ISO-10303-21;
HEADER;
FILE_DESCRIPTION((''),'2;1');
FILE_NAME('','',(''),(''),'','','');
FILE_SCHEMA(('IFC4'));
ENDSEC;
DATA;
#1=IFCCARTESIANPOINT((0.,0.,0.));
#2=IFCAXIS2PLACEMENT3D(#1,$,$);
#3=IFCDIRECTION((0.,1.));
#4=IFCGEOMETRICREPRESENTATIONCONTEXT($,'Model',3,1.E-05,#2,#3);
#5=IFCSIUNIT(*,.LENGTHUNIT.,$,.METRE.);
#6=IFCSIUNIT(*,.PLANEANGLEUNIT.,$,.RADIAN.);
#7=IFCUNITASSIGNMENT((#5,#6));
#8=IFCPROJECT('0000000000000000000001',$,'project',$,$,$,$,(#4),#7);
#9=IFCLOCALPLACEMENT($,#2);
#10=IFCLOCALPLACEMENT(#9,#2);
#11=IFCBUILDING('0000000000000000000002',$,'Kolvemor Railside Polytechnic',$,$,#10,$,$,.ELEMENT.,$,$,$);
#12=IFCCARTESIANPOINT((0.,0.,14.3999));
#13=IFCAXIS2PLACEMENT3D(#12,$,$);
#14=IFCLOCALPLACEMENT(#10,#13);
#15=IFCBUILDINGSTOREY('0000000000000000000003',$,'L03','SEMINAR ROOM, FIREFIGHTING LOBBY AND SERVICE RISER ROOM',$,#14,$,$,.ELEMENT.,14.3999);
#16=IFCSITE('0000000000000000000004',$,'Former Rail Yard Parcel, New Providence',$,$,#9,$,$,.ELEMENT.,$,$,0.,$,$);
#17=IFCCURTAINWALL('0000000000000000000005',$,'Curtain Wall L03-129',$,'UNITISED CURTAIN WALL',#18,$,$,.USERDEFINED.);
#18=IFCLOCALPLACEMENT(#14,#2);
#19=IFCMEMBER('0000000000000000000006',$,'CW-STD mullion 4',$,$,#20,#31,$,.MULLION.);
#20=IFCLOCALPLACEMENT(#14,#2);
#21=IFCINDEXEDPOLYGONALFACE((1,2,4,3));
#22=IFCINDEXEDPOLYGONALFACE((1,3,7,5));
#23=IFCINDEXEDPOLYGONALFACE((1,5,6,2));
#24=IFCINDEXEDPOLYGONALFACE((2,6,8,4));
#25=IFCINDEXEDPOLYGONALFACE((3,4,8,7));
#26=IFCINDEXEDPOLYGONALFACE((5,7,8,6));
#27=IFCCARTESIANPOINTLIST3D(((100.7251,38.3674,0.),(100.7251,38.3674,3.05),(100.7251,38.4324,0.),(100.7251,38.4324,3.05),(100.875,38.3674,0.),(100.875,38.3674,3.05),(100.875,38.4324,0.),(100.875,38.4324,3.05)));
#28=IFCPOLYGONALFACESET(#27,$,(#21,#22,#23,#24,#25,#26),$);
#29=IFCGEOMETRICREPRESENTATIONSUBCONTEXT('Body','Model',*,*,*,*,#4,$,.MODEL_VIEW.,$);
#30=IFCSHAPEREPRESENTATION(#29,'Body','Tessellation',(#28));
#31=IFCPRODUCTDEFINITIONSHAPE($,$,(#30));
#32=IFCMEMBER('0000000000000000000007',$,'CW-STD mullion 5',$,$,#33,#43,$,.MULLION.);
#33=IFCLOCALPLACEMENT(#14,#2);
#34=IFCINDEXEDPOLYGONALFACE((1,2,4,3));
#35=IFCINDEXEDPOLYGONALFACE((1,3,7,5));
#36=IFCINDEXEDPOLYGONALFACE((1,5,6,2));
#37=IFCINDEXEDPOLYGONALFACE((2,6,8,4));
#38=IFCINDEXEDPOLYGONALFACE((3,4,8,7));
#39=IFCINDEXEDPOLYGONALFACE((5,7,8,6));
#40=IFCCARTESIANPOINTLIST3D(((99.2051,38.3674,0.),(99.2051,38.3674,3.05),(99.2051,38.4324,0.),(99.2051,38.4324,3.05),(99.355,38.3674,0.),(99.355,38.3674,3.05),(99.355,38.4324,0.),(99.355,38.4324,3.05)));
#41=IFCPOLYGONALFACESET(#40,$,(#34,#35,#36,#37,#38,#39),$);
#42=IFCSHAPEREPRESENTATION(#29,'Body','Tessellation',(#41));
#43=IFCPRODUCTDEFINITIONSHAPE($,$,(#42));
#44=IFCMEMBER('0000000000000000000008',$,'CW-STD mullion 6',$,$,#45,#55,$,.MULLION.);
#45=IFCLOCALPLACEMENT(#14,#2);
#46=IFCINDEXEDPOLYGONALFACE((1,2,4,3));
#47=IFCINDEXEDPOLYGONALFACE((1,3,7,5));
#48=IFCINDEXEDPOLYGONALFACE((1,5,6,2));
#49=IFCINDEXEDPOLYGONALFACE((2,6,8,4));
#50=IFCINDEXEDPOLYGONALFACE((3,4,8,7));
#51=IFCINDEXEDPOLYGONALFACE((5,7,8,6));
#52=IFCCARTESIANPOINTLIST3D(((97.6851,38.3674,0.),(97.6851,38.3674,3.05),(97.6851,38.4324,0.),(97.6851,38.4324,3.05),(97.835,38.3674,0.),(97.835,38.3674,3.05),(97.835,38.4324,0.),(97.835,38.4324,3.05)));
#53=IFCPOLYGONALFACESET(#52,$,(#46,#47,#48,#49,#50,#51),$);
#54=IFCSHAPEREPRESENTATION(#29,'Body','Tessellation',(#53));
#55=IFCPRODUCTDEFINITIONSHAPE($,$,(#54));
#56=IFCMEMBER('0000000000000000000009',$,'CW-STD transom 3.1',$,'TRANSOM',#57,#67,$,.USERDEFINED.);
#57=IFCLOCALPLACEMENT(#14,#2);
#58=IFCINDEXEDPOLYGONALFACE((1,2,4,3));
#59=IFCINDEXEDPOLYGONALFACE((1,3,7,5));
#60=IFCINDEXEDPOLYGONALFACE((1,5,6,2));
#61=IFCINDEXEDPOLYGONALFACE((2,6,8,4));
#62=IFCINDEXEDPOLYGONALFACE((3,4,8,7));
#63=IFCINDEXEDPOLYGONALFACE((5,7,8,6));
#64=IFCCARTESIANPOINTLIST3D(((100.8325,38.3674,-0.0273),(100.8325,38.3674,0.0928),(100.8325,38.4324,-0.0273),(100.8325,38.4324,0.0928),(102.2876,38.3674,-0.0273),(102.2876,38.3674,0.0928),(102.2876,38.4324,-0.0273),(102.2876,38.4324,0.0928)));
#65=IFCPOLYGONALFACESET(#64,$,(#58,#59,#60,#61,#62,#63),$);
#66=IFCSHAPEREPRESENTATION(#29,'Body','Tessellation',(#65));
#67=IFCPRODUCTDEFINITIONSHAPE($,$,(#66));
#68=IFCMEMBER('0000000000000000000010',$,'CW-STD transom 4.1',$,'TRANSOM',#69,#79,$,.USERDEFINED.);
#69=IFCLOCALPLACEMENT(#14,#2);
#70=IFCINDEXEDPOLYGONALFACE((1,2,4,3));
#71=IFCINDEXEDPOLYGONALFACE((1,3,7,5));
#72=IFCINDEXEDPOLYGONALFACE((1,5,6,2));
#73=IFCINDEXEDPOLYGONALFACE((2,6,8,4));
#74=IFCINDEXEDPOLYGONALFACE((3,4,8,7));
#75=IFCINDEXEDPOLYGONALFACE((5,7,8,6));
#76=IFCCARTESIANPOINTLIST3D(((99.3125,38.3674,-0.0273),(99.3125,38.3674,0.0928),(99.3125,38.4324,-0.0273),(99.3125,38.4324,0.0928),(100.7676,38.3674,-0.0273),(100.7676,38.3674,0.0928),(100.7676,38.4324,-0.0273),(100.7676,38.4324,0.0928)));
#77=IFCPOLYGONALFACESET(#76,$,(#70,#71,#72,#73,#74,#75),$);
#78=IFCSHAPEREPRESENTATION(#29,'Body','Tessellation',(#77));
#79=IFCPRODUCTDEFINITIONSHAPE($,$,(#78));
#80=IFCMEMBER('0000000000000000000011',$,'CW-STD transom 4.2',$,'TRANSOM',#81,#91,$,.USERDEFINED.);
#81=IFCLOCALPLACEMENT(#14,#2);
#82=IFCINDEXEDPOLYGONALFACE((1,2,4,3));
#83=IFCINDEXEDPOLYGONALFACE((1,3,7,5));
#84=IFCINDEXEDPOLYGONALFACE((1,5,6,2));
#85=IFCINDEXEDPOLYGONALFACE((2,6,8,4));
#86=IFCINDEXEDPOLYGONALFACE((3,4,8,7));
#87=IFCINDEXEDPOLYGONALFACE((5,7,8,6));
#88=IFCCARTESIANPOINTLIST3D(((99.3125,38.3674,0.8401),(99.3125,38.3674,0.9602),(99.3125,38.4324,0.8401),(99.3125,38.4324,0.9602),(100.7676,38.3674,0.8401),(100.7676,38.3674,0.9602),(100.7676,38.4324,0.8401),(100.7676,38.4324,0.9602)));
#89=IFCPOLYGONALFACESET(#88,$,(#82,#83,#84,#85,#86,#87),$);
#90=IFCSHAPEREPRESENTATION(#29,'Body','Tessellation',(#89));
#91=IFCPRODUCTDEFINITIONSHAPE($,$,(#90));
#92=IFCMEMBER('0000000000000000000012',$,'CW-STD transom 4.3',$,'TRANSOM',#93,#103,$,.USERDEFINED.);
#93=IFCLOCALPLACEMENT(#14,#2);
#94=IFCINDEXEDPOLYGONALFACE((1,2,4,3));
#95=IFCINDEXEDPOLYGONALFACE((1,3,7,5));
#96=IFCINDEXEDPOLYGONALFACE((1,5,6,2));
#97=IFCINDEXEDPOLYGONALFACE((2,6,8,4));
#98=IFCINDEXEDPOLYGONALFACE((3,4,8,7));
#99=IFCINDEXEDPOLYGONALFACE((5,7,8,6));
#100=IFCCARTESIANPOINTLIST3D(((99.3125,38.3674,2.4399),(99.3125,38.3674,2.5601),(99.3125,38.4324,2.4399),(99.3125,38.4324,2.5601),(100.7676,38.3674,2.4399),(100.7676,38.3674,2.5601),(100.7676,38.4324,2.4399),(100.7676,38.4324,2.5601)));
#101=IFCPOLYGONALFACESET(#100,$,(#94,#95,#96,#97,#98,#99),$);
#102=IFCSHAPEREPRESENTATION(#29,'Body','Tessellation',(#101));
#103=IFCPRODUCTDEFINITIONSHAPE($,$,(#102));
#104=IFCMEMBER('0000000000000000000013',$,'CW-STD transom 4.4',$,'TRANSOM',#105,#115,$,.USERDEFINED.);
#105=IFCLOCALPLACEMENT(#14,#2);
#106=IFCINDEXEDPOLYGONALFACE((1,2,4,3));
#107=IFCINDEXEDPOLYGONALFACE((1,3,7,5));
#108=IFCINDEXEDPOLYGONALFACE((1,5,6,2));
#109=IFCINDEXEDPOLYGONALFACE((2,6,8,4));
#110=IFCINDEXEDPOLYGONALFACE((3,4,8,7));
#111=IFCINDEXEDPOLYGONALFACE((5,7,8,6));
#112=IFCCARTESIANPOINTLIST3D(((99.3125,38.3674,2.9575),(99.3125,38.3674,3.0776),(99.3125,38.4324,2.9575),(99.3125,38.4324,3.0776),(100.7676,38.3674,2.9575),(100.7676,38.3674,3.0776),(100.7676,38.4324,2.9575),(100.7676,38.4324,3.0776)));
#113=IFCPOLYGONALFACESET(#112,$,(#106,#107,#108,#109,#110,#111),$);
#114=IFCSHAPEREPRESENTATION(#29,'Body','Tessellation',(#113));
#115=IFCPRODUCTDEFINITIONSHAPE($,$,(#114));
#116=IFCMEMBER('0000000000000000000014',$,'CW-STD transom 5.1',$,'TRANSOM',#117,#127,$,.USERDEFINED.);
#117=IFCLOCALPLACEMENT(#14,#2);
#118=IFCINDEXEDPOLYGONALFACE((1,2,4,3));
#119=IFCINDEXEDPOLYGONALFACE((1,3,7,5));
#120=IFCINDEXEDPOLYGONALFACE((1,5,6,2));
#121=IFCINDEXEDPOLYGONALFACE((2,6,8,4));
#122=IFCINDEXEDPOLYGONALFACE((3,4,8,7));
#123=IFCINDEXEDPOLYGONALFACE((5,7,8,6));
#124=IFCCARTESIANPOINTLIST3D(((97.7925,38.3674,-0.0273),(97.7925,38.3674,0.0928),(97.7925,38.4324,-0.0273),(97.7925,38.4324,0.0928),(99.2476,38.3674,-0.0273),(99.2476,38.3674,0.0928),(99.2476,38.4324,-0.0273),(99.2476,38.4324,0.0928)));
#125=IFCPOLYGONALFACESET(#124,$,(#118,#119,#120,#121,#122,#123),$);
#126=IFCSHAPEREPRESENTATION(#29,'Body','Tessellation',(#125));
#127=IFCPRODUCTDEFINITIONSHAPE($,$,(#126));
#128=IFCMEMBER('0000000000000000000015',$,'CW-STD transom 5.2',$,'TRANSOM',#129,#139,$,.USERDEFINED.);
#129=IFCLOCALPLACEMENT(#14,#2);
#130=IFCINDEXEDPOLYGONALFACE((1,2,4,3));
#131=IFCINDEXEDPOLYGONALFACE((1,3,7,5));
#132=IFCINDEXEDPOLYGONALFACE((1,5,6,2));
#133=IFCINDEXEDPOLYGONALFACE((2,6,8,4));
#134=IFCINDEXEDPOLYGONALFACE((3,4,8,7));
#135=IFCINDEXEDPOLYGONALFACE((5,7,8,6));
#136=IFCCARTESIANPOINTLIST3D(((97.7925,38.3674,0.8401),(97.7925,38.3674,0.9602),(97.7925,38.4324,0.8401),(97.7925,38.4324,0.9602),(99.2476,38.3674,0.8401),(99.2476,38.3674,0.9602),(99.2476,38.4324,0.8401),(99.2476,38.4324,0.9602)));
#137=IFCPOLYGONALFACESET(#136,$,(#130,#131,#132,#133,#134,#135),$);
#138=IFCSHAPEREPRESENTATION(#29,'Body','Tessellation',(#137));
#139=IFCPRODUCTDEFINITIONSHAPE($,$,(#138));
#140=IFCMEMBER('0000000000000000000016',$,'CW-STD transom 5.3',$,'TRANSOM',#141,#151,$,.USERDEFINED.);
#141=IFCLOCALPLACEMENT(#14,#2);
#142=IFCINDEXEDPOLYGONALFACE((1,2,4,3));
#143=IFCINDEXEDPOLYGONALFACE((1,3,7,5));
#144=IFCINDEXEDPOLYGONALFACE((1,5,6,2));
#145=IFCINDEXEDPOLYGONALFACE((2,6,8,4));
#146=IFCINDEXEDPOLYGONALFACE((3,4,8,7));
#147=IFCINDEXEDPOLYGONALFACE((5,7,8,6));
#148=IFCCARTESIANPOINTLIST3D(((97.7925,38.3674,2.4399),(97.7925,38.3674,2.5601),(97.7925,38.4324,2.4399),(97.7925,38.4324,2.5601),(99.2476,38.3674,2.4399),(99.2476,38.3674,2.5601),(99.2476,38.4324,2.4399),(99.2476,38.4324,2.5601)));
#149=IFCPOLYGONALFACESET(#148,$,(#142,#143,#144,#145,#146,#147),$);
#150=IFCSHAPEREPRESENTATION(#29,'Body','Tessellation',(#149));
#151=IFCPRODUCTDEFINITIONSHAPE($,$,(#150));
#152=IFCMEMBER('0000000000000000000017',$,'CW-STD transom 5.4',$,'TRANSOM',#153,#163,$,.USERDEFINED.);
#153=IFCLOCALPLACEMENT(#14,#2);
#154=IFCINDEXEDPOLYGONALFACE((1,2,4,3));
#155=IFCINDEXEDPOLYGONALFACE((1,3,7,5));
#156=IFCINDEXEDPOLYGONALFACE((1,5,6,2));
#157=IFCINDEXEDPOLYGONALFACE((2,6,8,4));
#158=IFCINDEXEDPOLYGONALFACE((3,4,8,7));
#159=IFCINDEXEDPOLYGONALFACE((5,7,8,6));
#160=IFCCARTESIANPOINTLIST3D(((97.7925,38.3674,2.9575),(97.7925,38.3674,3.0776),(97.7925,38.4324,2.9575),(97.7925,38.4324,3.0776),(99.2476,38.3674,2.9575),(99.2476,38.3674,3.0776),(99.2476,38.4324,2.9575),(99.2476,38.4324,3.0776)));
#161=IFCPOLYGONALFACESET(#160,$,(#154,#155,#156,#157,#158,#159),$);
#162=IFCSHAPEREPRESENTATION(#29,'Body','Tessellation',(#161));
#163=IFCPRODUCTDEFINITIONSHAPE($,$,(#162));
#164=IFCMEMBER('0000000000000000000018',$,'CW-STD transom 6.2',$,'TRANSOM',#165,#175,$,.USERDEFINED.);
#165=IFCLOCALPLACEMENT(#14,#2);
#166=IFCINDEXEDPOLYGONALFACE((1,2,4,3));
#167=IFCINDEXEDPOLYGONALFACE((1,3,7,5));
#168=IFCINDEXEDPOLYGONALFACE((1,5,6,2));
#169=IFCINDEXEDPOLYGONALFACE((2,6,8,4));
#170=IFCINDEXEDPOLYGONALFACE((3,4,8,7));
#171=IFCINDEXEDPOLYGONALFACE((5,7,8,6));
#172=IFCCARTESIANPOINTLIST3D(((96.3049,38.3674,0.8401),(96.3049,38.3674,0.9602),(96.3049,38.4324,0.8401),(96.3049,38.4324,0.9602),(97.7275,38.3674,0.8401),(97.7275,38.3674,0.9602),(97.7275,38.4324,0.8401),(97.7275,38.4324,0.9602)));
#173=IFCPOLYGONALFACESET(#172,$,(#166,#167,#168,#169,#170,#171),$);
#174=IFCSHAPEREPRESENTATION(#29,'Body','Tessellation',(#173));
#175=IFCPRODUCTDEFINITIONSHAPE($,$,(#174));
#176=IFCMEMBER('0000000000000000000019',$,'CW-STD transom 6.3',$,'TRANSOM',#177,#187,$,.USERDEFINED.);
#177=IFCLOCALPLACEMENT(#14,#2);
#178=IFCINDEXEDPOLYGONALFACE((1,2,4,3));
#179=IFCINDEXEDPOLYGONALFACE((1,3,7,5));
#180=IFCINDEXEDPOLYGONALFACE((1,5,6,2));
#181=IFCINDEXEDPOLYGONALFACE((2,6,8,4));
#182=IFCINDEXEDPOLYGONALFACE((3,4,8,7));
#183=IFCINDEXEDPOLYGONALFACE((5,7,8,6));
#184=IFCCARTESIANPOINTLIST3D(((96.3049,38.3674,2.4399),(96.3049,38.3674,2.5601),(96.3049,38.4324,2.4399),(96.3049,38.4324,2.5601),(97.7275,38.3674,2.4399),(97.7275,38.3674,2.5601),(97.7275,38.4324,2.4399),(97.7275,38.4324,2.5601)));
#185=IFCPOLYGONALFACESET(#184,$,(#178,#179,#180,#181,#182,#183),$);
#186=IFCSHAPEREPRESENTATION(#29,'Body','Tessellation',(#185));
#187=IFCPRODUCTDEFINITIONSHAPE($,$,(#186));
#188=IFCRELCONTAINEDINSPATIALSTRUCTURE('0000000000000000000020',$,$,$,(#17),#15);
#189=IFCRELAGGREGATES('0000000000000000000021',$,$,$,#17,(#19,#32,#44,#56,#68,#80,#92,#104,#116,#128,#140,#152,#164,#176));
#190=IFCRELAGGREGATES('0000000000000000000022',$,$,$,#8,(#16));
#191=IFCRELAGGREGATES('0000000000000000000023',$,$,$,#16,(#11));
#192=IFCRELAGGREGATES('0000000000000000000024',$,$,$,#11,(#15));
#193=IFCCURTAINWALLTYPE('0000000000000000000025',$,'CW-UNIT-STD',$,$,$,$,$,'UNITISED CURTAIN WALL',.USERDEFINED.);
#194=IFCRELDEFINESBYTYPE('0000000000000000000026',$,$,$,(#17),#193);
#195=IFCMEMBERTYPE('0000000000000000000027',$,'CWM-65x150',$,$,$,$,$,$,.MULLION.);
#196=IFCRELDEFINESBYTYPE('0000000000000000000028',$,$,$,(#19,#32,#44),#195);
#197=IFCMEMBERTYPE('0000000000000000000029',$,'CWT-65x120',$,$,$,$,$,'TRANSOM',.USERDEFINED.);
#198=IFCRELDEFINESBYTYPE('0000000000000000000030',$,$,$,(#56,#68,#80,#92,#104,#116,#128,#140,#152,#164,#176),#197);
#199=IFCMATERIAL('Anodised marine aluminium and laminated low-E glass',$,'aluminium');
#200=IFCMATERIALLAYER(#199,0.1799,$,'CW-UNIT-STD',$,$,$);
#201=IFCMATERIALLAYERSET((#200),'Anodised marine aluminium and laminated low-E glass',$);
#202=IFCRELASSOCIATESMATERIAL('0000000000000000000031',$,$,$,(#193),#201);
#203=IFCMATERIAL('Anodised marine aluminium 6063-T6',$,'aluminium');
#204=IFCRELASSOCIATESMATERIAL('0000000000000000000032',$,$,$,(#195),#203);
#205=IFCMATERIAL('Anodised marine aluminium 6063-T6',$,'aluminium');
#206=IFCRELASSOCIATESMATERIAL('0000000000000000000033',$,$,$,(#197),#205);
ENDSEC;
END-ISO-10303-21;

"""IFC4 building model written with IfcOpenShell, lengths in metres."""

from ifc_helpers import new_model, si_unit, direction, frame, origin, origin_2d, place, context, subcontext, project, spatial, rectangle, extrude, material, layer, layer_set, material_profile, profile_set, type_object, element, aggregate, save


model = new_model("IFC4")

# Units and contexts
model_context = context("Model", 3, precision=1e-05, world=origin(), true_north=direction((0.0, 1.0)))
body_context = subcontext(model_context, "Body", "Model", "MODEL_VIEW")
ifc_project = project(units=[si_unit("LENGTHUNIT", "METRE"), si_unit("PLANEANGLEUNIT", "RADIAN")], contexts=[model_context])

# Site, building, storey
site_placement = place(None, origin())
site = spatial("IfcSite", under=ifc_project, at=site_placement, Name="Former Rail Yard Parcel, New Providence", CompositionType="ELEMENT", RefElevation=0.0)
building_placement = place(site_placement, origin())
building = spatial("IfcBuilding", under=site, at=building_placement, Name="Kolvemor Railside Polytechnic", CompositionType="ELEMENT")
storey_placement = place(building_placement, frame((0.0, 0.0, 14.3999)))
storey = spatial("IfcBuildingStorey", under=building, at=storey_placement, Name="L03", Description="SEMINAR ROOM, FIREFIGHTING LOBBY AND SERVICE RISER ROOM", CompositionType="ELEMENT", Elevation=14.3999)

# Curtain wall, members
ifc_material_1 = material(Name="Anodised marine aluminium and laminated low-E glass", Category="aluminium")
ifc_layer_1 = layer(ifc_material_1, 0.1799, Name="CW-UNIT-STD")
ifc_layer_set_1 = layer_set([ifc_layer_1], Name="Anodised marine aluminium and laminated low-E glass")
curtain_wall_type = type_object("IfcCurtainWallType", Name="CW-UNIT-STD", ElementType="UNITISED CURTAIN WALL", PredefinedType="USERDEFINED", material=ifc_layer_set_1)
curtain_wall_placement = place(storey_placement, origin())
curtain_wall = element("IfcCurtainWall", 1, at=curtain_wall_placement, inside=storey, type_object=curtain_wall_type, Name="Curtain Wall L03-129", ObjectType="UNITISED CURTAIN WALL", PredefinedType="USERDEFINED")
ifc_material_2 = material(Name="Anodised marine aluminium 6063-T6", Category="aluminium")
ifc_material_profile_1 = material_profile(ifc_material_2, rectangle(XDim=0.0649, YDim=0.1499, at=origin_2d()), Name="CW-MUL-65x150")
ifc_profile_set_1 = profile_set([ifc_material_profile_1], Name="Anodised marine aluminium 6063-T6")
member_type_1 = type_object("IfcMemberType", Name="CWM-65x150", PredefinedType="MULLION", material=ifc_profile_set_1)
member_1_placement = place(storey_placement, frame((100.8, 38.3999, 0.0), z_axis=(0.0, 0.0, 1.0), x_axis=(0.0, -1.0, 0.0)))
member_1 = element("IfcMember", 2, at=member_1_placement, type_object=member_type_1, Name="CW-STD mullion 4", PredefinedType="MULLION", context=body_context, shape_type="SweptSolid", body=[
    extrude(rectangle(XDim=0.0649, YDim=0.1499, at=origin_2d()), origin(), (0.0, 0.0, 1.0), 3.05),
])
member_2_placement = place(storey_placement, frame((99.28, 38.3999, 0.0), z_axis=(0.0, 0.0, 1.0), x_axis=(0.0, -1.0, 0.0)))
member_2 = element("IfcMember", 3, at=member_2_placement, type_object=member_type_1, Name="CW-STD mullion 5", PredefinedType="MULLION", context=body_context, shape_type="SweptSolid", body=[
    extrude(rectangle(XDim=0.0649, YDim=0.1499, at=origin_2d()), origin(), (0.0, 0.0, 1.0), 3.05),
])
member_3_placement = place(storey_placement, frame((97.76, 38.3999, 0.0), z_axis=(0.0, 0.0, 1.0), x_axis=(0.0, -1.0, 0.0)))
member_3 = element("IfcMember", 4, at=member_3_placement, type_object=member_type_1, Name="CW-STD mullion 6", PredefinedType="MULLION", context=body_context, shape_type="SweptSolid", body=[
    extrude(rectangle(XDim=0.0649, YDim=0.1499, at=origin_2d()), origin(), (0.0, 0.0, 1.0), 3.05),
])
ifc_material_3 = material(Name="Anodised marine aluminium 6063-T6", Category="aluminium")
ifc_material_profile_2 = material_profile(ifc_material_3, rectangle(XDim=0.0649, YDim=0.1201, at=origin_2d()), Name="CW-TRN-65x120")
ifc_profile_set_2 = profile_set([ifc_material_profile_2], Name="Anodised marine aluminium 6063-T6")
member_type_2 = type_object("IfcMemberType", Name="CWT-65x120", ElementType="TRANSOM", PredefinedType="USERDEFINED", material=ifc_profile_set_2)
member_4_placement = place(storey_placement, frame((102.2876, 38.3999, 0.0327), z_axis=(-1.0, 0.0, 0.0), x_axis=(0.0, -1.0, 0.0)))
member_4 = element("IfcMember", 5, at=member_4_placement, type_object=member_type_2, Name="CW-STD transom 3.1", ObjectType="TRANSOM", PredefinedType="USERDEFINED", context=body_context, shape_type="SweptSolid", body=[
    extrude(rectangle(XDim=0.0649, YDim=0.1201, at=origin_2d()), origin(), (0.0, 0.0, 1.0), 1.4551),
])
member_5_placement = place(storey_placement, frame((100.7676, 38.3999, 0.0327), z_axis=(-1.0, 0.0, 0.0), x_axis=(0.0, -1.0, 0.0)))
member_5 = element("IfcMember", 6, at=member_5_placement, type_object=member_type_2, Name="CW-STD transom 4.1", ObjectType="TRANSOM", PredefinedType="USERDEFINED", context=body_context, shape_type="SweptSolid", body=[
    extrude(rectangle(XDim=0.0649, YDim=0.1201, at=origin_2d()), origin(), (0.0, 0.0, 1.0), 1.4551),
])
member_6_placement = place(storey_placement, frame((100.7676, 38.3999, 0.9001), z_axis=(-1.0, 0.0, 0.0), x_axis=(0.0, -1.0, 0.0)))
member_6 = element("IfcMember", 7, at=member_6_placement, type_object=member_type_2, Name="CW-STD transom 4.2", ObjectType="TRANSOM", PredefinedType="USERDEFINED", context=body_context, shape_type="SweptSolid", body=[
    extrude(rectangle(XDim=0.0649, YDim=0.1201, at=origin_2d()), origin(), (0.0, 0.0, 1.0), 1.4551),
])
member_7_placement = place(storey_placement, frame((100.7676, 38.3999, 2.5), z_axis=(-1.0, 0.0, 0.0), x_axis=(0.0, -1.0, 0.0)))
member_7 = element("IfcMember", 8, at=member_7_placement, type_object=member_type_2, Name="CW-STD transom 4.3", ObjectType="TRANSOM", PredefinedType="USERDEFINED", context=body_context, shape_type="SweptSolid", body=[
    extrude(rectangle(XDim=0.0649, YDim=0.1201, at=origin_2d()), origin(), (0.0, 0.0, 1.0), 1.4551),
])
member_8_placement = place(storey_placement, frame((100.7676, 38.3999, 3.0176), z_axis=(-1.0, 0.0, 0.0), x_axis=(0.0, -1.0, 0.0)))
member_8 = element("IfcMember", 9, at=member_8_placement, type_object=member_type_2, Name="CW-STD transom 4.4", ObjectType="TRANSOM", PredefinedType="USERDEFINED", context=body_context, shape_type="SweptSolid", body=[
    extrude(rectangle(XDim=0.0649, YDim=0.1201, at=origin_2d()), origin(), (0.0, 0.0, 1.0), 1.4551),
])
member_9_placement = place(storey_placement, frame((99.2476, 38.3999, 0.0327), z_axis=(-1.0, 0.0, 0.0), x_axis=(0.0, -1.0, 0.0)))
member_9 = element("IfcMember", 10, at=member_9_placement, type_object=member_type_2, Name="CW-STD transom 5.1", ObjectType="TRANSOM", PredefinedType="USERDEFINED", context=body_context, shape_type="SweptSolid", body=[
    extrude(rectangle(XDim=0.0649, YDim=0.1201, at=origin_2d()), origin(), (0.0, 0.0, 1.0), 1.4551),
])
member_10_placement = place(storey_placement, frame((99.2476, 38.3999, 0.9001), z_axis=(-1.0, 0.0, 0.0), x_axis=(0.0, -1.0, 0.0)))
member_10 = element("IfcMember", 11, at=member_10_placement, type_object=member_type_2, Name="CW-STD transom 5.2", ObjectType="TRANSOM", PredefinedType="USERDEFINED", context=body_context, shape_type="SweptSolid", body=[
    extrude(rectangle(XDim=0.0649, YDim=0.1201, at=origin_2d()), origin(), (0.0, 0.0, 1.0), 1.4551),
])
member_11_placement = place(storey_placement, frame((99.2476, 38.3999, 2.5), z_axis=(-1.0, 0.0, 0.0), x_axis=(0.0, -1.0, 0.0)))
member_11 = element("IfcMember", 12, at=member_11_placement, type_object=member_type_2, Name="CW-STD transom 5.3", ObjectType="TRANSOM", PredefinedType="USERDEFINED", context=body_context, shape_type="SweptSolid", body=[
    extrude(rectangle(XDim=0.0649, YDim=0.1201, at=origin_2d()), origin(), (0.0, 0.0, 1.0), 1.4551),
])
member_12_placement = place(storey_placement, frame((99.2476, 38.3999, 3.0176), z_axis=(-1.0, 0.0, 0.0), x_axis=(0.0, -1.0, 0.0)))
member_12 = element("IfcMember", 13, at=member_12_placement, type_object=member_type_2, Name="CW-STD transom 5.4", ObjectType="TRANSOM", PredefinedType="USERDEFINED", context=body_context, shape_type="SweptSolid", body=[
    extrude(rectangle(XDim=0.0649, YDim=0.1201, at=origin_2d()), origin(), (0.0, 0.0, 1.0), 1.4551),
])
member_13_placement = place(storey_placement, frame((97.7275, 38.3999, 0.9001), z_axis=(-1.0, 0.0, 0.0), x_axis=(0.0, -1.0, 0.0)))
member_13 = element("IfcMember", 14, at=member_13_placement, type_object=member_type_2, Name="CW-STD transom 6.2", ObjectType="TRANSOM", PredefinedType="USERDEFINED", context=body_context, shape_type="SweptSolid", body=[
    extrude(rectangle(XDim=0.0649, YDim=0.1201, at=origin_2d()), origin(), (0.0, 0.0, 1.0), 1.4226),
])
member_14_placement = place(storey_placement, frame((97.7275, 38.3999, 2.5), z_axis=(-1.0, 0.0, 0.0), x_axis=(0.0, -1.0, 0.0)))
member_14 = element("IfcMember", 15, at=member_14_placement, type_object=member_type_2, Name="CW-STD transom 6.3", ObjectType="TRANSOM", PredefinedType="USERDEFINED", context=body_context, shape_type="SweptSolid", body=[
    extrude(rectangle(XDim=0.0649, YDim=0.1201, at=origin_2d()), origin(), (0.0, 0.0, 1.0), 1.4226),
])
aggregate(curtain_wall, [member_1, member_2, member_3, member_4, member_5, member_6, member_7, member_8, member_9, member_10, member_11, member_12, member_13, member_14])

save(model, "model.ifc")
